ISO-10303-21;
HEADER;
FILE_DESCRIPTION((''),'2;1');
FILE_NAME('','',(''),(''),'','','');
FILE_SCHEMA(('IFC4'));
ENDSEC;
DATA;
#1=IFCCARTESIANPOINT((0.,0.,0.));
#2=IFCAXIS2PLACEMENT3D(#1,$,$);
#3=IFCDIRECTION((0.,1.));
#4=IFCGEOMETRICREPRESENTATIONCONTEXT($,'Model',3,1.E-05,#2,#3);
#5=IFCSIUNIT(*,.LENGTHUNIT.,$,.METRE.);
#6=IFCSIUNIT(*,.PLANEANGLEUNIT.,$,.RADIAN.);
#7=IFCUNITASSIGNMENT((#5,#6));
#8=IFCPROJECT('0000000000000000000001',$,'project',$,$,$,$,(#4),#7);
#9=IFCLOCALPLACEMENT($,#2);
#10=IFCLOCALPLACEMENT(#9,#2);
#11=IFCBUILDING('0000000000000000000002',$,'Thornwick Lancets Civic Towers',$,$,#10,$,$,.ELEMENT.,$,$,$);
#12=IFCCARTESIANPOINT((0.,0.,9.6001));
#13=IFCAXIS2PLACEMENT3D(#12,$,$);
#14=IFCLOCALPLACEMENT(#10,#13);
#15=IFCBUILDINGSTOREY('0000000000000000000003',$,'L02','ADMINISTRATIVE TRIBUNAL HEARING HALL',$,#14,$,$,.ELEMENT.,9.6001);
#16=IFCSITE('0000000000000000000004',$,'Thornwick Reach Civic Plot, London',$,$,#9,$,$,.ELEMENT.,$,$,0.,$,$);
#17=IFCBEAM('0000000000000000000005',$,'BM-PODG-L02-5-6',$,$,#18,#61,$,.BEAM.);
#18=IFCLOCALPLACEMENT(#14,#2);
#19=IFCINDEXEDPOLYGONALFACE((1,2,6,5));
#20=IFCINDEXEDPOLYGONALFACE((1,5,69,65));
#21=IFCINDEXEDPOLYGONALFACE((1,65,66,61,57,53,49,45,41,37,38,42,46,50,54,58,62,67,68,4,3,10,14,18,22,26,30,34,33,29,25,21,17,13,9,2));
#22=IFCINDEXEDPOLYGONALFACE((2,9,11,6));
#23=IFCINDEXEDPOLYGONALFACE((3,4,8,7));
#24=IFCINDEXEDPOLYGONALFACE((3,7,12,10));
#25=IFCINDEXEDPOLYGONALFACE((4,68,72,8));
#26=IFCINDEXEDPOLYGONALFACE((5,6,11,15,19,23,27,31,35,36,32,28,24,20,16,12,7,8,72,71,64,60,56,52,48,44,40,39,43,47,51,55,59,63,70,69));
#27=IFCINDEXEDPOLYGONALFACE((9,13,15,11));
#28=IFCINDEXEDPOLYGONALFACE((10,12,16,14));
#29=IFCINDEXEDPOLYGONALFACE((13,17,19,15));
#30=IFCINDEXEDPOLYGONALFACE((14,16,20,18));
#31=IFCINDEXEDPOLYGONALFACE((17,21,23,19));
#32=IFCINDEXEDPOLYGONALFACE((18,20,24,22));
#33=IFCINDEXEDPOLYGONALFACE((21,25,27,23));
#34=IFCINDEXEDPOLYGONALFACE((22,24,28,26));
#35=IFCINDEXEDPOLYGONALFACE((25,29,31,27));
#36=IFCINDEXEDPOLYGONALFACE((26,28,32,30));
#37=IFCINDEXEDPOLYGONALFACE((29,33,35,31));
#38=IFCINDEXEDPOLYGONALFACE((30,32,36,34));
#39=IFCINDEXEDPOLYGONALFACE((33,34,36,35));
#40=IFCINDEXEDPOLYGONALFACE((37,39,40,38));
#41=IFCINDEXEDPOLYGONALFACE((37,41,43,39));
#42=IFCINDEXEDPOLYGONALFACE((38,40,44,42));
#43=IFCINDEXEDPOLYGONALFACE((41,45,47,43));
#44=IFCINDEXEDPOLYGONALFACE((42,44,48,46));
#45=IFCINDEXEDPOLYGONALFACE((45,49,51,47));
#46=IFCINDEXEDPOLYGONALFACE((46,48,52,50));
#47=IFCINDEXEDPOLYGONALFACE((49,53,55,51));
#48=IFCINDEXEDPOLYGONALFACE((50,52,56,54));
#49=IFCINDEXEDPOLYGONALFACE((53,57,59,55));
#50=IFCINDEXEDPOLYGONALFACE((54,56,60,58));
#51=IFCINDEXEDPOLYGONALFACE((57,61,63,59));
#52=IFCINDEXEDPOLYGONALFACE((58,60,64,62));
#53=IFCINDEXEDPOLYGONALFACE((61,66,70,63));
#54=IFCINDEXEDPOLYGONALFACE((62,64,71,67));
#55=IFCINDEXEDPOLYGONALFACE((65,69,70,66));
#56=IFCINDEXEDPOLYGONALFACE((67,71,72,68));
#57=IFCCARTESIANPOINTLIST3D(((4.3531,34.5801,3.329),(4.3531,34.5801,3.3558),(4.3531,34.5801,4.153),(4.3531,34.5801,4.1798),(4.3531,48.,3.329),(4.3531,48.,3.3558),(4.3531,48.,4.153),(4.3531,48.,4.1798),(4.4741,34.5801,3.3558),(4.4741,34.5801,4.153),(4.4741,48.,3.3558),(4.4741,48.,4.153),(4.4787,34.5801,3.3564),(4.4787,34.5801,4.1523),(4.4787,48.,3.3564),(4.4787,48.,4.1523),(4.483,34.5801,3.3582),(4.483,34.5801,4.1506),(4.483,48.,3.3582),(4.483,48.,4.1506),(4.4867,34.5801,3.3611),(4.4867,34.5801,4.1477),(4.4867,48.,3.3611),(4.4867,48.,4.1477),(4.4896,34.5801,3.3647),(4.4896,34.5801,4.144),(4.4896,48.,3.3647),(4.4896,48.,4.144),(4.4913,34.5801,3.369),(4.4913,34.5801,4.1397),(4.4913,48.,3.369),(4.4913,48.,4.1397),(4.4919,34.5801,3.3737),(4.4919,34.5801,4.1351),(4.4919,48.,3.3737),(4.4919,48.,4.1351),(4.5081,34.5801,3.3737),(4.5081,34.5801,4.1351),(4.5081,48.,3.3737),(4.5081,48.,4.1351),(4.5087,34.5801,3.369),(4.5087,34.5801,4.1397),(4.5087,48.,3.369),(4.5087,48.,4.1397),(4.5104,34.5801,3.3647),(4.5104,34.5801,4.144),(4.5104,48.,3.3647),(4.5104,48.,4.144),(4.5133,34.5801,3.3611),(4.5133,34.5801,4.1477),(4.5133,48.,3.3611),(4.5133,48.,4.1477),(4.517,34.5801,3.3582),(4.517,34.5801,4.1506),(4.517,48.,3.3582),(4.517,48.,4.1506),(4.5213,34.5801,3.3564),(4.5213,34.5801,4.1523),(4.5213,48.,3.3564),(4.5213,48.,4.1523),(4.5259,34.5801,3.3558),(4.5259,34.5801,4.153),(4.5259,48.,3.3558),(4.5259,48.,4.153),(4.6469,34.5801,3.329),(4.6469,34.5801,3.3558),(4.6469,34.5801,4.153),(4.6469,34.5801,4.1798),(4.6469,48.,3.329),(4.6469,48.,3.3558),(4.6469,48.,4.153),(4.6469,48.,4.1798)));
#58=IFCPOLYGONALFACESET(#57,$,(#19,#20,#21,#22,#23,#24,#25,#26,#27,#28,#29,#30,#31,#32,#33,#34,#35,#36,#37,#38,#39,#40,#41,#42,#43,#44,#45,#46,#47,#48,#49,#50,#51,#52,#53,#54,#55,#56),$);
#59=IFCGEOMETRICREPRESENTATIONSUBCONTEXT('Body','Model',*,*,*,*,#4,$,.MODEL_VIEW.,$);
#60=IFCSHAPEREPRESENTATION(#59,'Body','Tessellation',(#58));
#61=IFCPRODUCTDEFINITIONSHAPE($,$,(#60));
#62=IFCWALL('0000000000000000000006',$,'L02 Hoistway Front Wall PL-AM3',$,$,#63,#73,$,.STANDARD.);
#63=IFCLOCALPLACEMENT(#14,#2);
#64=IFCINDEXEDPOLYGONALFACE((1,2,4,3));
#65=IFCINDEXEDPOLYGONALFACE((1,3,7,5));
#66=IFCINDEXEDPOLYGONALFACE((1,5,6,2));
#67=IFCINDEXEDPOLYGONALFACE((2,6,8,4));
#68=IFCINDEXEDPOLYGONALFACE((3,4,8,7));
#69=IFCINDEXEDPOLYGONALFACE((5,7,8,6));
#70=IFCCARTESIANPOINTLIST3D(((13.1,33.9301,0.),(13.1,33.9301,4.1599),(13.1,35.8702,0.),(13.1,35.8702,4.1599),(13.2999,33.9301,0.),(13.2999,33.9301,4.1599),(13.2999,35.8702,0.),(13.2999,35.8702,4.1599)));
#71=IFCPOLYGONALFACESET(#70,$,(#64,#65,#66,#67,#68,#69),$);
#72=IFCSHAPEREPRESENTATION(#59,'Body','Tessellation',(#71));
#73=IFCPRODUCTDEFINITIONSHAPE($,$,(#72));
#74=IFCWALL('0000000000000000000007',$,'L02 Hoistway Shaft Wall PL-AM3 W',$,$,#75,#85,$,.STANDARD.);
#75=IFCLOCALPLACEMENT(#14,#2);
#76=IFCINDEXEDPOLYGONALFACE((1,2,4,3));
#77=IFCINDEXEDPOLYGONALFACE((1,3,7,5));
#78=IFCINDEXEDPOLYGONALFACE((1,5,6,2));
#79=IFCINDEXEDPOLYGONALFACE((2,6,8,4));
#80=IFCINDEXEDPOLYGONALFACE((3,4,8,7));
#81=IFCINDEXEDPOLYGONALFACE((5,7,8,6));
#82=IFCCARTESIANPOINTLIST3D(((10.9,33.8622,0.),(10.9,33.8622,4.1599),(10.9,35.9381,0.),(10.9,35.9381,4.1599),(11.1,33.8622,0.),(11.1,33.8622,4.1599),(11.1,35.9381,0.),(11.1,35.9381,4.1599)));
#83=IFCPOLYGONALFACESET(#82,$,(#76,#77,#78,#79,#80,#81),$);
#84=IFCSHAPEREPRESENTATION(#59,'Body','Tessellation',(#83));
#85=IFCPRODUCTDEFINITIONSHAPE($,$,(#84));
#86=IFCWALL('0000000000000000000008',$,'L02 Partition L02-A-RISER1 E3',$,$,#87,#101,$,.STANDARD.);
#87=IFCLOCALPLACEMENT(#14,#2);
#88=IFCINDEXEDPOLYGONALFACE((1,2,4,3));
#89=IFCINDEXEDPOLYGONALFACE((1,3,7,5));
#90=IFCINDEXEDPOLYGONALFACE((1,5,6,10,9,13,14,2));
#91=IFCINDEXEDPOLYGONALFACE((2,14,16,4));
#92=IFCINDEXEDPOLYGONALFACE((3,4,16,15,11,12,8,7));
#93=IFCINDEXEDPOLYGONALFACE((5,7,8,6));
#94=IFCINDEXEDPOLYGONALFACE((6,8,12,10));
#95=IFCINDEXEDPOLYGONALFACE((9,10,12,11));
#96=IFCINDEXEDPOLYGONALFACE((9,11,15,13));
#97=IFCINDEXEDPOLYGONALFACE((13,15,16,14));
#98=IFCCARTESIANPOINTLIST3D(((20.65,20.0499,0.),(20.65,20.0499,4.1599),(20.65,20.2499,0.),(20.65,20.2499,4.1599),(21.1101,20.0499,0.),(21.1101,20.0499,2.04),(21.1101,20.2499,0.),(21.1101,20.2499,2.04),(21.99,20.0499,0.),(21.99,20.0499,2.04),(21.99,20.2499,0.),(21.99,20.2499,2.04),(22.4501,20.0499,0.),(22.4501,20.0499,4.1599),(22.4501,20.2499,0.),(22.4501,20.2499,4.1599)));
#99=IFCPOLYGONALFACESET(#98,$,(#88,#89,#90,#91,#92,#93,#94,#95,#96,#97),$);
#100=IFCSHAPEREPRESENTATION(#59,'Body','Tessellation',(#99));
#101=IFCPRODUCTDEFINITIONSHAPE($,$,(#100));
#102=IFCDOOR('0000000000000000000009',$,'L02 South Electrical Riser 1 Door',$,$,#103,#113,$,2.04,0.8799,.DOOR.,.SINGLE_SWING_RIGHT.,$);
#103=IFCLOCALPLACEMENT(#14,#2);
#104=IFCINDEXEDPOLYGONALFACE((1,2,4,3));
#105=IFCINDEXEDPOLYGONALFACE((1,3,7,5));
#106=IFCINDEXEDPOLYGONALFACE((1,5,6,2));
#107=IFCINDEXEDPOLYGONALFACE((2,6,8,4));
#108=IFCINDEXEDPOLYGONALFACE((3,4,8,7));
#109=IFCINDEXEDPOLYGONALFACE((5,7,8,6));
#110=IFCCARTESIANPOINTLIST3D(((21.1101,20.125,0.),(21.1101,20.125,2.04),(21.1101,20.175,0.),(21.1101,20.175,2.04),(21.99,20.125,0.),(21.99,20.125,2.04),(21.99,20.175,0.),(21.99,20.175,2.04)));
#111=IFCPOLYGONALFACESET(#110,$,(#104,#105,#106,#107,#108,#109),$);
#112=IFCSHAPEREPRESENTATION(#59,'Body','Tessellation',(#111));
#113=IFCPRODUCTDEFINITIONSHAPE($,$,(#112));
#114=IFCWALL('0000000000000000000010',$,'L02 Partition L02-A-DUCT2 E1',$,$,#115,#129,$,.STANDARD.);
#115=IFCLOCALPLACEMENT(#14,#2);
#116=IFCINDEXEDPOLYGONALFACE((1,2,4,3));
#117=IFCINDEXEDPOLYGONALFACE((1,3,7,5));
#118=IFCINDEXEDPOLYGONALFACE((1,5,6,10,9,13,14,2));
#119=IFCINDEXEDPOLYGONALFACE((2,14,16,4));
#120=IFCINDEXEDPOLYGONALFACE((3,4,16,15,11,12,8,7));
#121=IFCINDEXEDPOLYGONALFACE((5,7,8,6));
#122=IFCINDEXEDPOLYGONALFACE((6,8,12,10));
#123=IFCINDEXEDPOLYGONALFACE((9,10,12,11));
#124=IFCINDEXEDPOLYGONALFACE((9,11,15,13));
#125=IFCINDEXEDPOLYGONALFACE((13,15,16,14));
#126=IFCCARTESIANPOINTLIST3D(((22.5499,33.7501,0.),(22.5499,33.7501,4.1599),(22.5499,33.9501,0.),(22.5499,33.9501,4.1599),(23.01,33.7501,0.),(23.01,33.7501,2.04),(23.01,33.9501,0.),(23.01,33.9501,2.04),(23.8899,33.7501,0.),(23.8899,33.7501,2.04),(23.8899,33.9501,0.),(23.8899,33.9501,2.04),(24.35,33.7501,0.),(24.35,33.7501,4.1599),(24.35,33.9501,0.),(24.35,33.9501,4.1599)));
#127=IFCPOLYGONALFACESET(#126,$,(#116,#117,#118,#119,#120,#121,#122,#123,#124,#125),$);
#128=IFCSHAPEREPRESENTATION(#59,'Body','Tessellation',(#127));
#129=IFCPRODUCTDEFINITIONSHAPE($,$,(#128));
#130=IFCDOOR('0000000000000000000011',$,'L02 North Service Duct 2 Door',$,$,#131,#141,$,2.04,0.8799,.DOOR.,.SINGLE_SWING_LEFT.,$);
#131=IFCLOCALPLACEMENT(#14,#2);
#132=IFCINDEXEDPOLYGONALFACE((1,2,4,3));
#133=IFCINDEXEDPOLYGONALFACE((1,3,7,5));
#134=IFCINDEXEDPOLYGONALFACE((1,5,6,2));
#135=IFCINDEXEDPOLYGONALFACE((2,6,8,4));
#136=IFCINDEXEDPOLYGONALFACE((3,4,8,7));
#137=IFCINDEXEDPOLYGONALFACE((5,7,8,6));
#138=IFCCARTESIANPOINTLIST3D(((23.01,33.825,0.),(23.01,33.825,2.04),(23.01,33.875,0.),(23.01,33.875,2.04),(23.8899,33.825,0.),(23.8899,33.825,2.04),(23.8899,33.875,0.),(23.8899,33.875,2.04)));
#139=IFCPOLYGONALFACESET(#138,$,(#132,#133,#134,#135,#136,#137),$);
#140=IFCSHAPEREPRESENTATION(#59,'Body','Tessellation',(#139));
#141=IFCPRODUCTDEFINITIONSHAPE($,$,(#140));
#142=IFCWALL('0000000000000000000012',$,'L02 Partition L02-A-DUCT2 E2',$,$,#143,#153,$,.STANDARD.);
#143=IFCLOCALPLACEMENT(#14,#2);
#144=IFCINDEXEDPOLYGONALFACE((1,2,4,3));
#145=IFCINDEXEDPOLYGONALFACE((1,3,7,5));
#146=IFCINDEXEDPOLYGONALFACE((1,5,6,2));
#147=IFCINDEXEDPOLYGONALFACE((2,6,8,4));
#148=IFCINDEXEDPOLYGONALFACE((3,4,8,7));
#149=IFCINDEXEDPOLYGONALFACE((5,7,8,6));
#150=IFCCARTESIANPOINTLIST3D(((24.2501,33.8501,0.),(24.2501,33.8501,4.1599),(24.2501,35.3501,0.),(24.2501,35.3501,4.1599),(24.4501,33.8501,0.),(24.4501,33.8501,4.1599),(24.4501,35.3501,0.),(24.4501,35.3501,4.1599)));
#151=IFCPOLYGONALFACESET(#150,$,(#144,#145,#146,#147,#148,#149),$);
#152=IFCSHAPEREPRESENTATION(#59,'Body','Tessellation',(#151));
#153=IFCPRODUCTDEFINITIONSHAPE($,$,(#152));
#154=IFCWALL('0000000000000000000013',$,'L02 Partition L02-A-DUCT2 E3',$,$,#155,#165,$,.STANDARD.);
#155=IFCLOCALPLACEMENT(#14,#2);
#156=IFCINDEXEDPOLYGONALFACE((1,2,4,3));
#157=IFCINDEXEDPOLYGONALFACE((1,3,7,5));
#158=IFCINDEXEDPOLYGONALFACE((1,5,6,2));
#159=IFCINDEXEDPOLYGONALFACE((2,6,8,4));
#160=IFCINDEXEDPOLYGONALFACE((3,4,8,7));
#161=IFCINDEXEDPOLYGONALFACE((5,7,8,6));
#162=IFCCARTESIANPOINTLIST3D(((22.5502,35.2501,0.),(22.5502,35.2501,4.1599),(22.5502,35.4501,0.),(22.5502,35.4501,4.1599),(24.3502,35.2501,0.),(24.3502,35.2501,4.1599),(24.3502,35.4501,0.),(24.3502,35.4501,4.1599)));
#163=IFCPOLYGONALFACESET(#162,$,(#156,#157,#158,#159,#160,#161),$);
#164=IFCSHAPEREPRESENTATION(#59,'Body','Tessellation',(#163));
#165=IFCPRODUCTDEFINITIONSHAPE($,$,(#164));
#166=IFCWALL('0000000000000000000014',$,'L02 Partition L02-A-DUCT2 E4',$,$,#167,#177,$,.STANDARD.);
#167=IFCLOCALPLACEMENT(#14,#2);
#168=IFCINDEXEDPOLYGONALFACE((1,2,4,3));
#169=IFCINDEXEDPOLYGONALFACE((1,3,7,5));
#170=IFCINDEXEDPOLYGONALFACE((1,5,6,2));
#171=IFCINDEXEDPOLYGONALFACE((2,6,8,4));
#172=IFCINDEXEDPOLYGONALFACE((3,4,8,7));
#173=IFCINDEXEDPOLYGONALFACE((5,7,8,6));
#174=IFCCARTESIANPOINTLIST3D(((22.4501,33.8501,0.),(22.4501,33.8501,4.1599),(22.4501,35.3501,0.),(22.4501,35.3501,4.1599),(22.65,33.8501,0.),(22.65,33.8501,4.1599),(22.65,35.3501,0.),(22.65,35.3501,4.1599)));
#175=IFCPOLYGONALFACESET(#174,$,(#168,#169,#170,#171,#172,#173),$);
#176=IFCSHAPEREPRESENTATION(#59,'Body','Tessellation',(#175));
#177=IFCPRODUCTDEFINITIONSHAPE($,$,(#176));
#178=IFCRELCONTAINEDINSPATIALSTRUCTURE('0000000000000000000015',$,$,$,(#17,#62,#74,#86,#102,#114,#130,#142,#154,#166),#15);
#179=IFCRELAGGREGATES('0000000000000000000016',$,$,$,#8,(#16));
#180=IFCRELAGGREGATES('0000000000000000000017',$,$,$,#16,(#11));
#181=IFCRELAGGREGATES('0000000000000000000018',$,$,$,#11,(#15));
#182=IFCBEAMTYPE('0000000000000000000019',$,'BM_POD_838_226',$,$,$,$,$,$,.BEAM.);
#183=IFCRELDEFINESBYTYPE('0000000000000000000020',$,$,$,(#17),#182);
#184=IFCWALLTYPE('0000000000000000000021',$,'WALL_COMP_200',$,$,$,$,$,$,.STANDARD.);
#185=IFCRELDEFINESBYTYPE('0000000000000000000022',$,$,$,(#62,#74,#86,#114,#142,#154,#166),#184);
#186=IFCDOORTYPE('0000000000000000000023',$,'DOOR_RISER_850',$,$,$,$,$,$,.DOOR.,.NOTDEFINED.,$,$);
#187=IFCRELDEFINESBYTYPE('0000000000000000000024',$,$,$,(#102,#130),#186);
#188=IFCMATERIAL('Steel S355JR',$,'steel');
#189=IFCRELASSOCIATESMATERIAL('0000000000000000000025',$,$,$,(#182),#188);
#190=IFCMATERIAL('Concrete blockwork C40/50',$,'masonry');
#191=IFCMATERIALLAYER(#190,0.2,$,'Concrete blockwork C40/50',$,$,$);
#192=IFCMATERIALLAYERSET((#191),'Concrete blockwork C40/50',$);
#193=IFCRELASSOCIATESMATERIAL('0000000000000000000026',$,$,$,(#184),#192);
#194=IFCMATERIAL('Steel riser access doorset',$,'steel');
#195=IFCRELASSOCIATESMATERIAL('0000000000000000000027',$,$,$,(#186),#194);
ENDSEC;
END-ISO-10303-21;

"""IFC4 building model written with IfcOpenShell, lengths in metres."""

from ifc_helpers import new_model, si_unit, direction, frame, frame_2d, origin, origin_2d, place, context, subcontext, project, spatial, rectangle, i_section, extrude, material, layer, layer_set, material_profile, profile_set, type_object, element, fill, save


model = new_model("IFC4")

# Units and contexts
model_context = context("Model", 3, precision=1e-05, world=origin(), true_north=direction((0.0, 1.0)))
body_context = subcontext(model_context, "Body", "Model", "MODEL_VIEW")
ifc_project = project(units=[si_unit("LENGTHUNIT", "METRE"), si_unit("PLANEANGLEUNIT", "RADIAN")], contexts=[model_context])

# Site, building, storey
site_placement = place(None, origin())
site = spatial("IfcSite", under=ifc_project, at=site_placement, Name="Thornwick Reach Civic Plot, London", CompositionType="ELEMENT", RefElevation=0.0)
building_placement = place(site_placement, origin())
building = spatial("IfcBuilding", under=site, at=building_placement, Name="Thornwick Lancets Civic Towers", CompositionType="ELEMENT")
storey_placement = place(building_placement, frame((0.0, 0.0, 9.6001)))
storey = spatial("IfcBuildingStorey", under=building, at=storey_placement, Name="L02", Description="ADMINISTRATIVE TRIBUNAL HEARING HALL", CompositionType="ELEMENT", Elevation=9.6001)

# Beam
ifc_material_1 = material(Name="Steel S355JR", Category="steel")
ifc_material_profile_1 = material_profile(ifc_material_1, i_section(OverallWidth=0.2937, OverallDepth=0.8508, WebThickness=0.0161, FlangeThickness=0.0269, FilletRadius=0.0178, at=origin_2d()), Name="UKB 838x292x226")
ifc_profile_set_1 = profile_set([ifc_material_profile_1], Name="Steel S355JR")
beam_type_1 = type_object("IfcBeamType", Name="BM_POD_838_226", PredefinedType="BEAM", material=ifc_profile_set_1)
beam_1_placement = place(storey_placement, frame((4.5, 34.5801, 3.7544), z_axis=(0.0, 1.0, 0.0), x_axis=(-1.0, 0.0, 0.0)))
element("IfcBeam", 1, at=beam_1_placement, inside=storey, type_object=beam_type_1, Name="BM-PODG-L02-5-6", PredefinedType="BEAM", context=body_context, shape_type="SweptSolid", body=[
    extrude(i_section(OverallWidth=0.2937, OverallDepth=0.8508, WebThickness=0.0161, FlangeThickness=0.0269, FilletRadius=0.0178, at=origin_2d()), origin(), (0.0, 0.0, 1.0), 13.4199),
])

# Walls
ifc_material_2 = material(Name="Concrete blockwork C40/50", Category="masonry")
ifc_layer_1 = layer(ifc_material_2, 0.2, Name="Concrete blockwork C40/50")
ifc_layer_set_1 = layer_set([ifc_layer_1], Name="Concrete blockwork C40/50")
wall_type_1 = type_object("IfcWallType", Name="WALL_COMP_200", PredefinedType="STANDARD", material=ifc_layer_set_1)
wall_1_placement = place(storey_placement, frame((13.2, 33.9299, 0.0), z_axis=(0.0, 0.0, 1.0), x_axis=(0.0, 1.0, 0.0)))
element("IfcWall", 2, at=wall_1_placement, inside=storey, type_object=wall_type_1, Name="L02 Hoistway Front Wall PL-AM3", PredefinedType="STANDARD", context=body_context, shape_type="SweptSolid", body=[
    extrude(rectangle(XDim=1.9402, YDim=0.2, at=frame_2d((0.9702, 0.0))), origin(), (0.0, 0.0, 1.0), 4.1599),
])
wall_2_placement = place(storey_placement, frame((11.0, 33.8621, 0.0), z_axis=(0.0, 0.0, 1.0), x_axis=(0.0, 1.0, 0.0)))
element("IfcWall", 3, at=wall_2_placement, inside=storey, type_object=wall_type_1, Name="L02 Hoistway Shaft Wall PL-AM3 W", PredefinedType="STANDARD", context=body_context, shape_type="SweptSolid", body=[
    extrude(rectangle(XDim=2.0759, YDim=0.2, at=frame_2d((1.0381, 0.0))), origin(), (0.0, 0.0, 1.0), 4.1599),
])

# Walls, openings, doors
wall_3_placement = place(storey_placement, frame((22.45, 20.1499, 0.0), z_axis=(0.0, 0.0, 1.0), x_axis=(-1.0, 0.0, 0.0)))
wall_3 = element("IfcWall", 4, at=wall_3_placement, inside=storey, type_object=wall_type_1, Name="L02 Partition L02-A-RISER1 E3", PredefinedType="STANDARD", context=body_context, shape_type="SweptSolid", body=[
    extrude(rectangle(XDim=1.8, YDim=0.2, at=frame_2d((0.8999, 0.0))), origin(), (0.0, 0.0, 1.0), 4.1599),
])
opening_1_placement = place(wall_3_placement, frame((0.46, 0.0, 0.0)))
opening_1 = element("IfcOpeningElement", 5, at=opening_1_placement, cuts=wall_3, PredefinedType="OPENING", context=body_context, shape_type="SweptSolid", body=[
    extrude(rectangle(XDim=0.8799, YDim=2.04, at=frame_2d((0.4399, 1.02))), frame((0.0, 0.1099, 0.0), z_axis=(0.0, -1.0, 0.0), x_axis=(1.0, 0.0, 0.0)), (0.0, 0.0, 1.0), 0.22),
])
ifc_material_3 = material(Name="Steel riser access doorset", Category="steel")
door_type_1 = type_object("IfcDoorType", Name="DOOR_RISER_850", OperationType="NOTDEFINED", PredefinedType="DOOR", material=ifc_material_3)
door_1_placement = place(opening_1_placement, origin())
door_1 = element("IfcDoor", 6, at=door_1_placement, inside=storey, type_object=door_type_1, Name="L02 South Electrical Riser 1 Door", OperationType="SINGLE_SWING_RIGHT", OverallHeight=2.04, OverallWidth=0.8799, PredefinedType="DOOR", context=body_context, shape_type="SweptSolid", body=[
    extrude(rectangle(XDim=0.8799, YDim=2.04, at=frame_2d((0.4399, 1.02))), frame((0.0, 0.0249, 0.0), z_axis=(0.0, -1.0, 0.0), x_axis=(1.0, 0.0, 0.0)), (0.0, 0.0, 1.0), 0.05),
])
fill(opening_1, door_1)
wall_4_placement = place(storey_placement, frame((22.55, 33.8501, 0.0), z_axis=(0.0, 0.0, 1.0), x_axis=(1.0, 0.0, 0.0)))
wall_4 = element("IfcWall", 7, at=wall_4_placement, inside=storey, type_object=wall_type_1, Name="L02 Partition L02-A-DUCT2 E1", PredefinedType="STANDARD", context=body_context, shape_type="SweptSolid", body=[
    extrude(rectangle(XDim=1.8, YDim=0.2, at=frame_2d((0.8999, 0.0))), origin(), (0.0, 0.0, 1.0), 4.1599),
])
opening_2_placement = place(wall_4_placement, frame((0.46, 0.0, 0.0)))
opening_2 = element("IfcOpeningElement", 8, at=opening_2_placement, cuts=wall_4, PredefinedType="OPENING", context=body_context, shape_type="SweptSolid", body=[
    extrude(rectangle(XDim=0.8799, YDim=2.04, at=frame_2d((0.4399, 1.02))), frame((0.0, 0.1099, 0.0), z_axis=(0.0, -1.0, 0.0), x_axis=(1.0, 0.0, 0.0)), (0.0, 0.0, 1.0), 0.22),
])
door_2_placement = place(opening_2_placement, origin())
door_2 = element("IfcDoor", 9, at=door_2_placement, inside=storey, type_object=door_type_1, Name="L02 North Service Duct 2 Door", OperationType="SINGLE_SWING_LEFT", OverallHeight=2.04, OverallWidth=0.8799, PredefinedType="DOOR", context=body_context, shape_type="SweptSolid", body=[
    extrude(rectangle(XDim=0.8799, YDim=2.04, at=frame_2d((0.4399, 1.02))), frame((0.0, 0.0249, 0.0), z_axis=(0.0, -1.0, 0.0), x_axis=(1.0, 0.0, 0.0)), (0.0, 0.0, 1.0), 0.05),
])
fill(opening_2, door_2)

# Walls
wall_5_placement = place(storey_placement, frame((24.3501, 33.8501, 0.0), z_axis=(0.0, 0.0, 1.0), x_axis=(0.0, 1.0, 0.0)))
element("IfcWall", 10, at=wall_5_placement, inside=storey, type_object=wall_type_1, Name="L02 Partition L02-A-DUCT2 E2", PredefinedType="STANDARD", context=body_context, shape_type="SweptSolid", body=[
    extrude(rectangle(XDim=1.5, YDim=0.2, at=frame_2d((0.75, 0.0))), origin(), (0.0, 0.0, 1.0), 4.1599),
])
wall_6_placement = place(storey_placement, frame((24.3501, 35.3501, 0.0), z_axis=(0.0, 0.0, 1.0), x_axis=(-1.0, 0.0, 0.0)))
element("IfcWall", 11, at=wall_6_placement, inside=storey, type_object=wall_type_1, Name="L02 Partition L02-A-DUCT2 E3", PredefinedType="STANDARD", context=body_context, shape_type="SweptSolid", body=[
    extrude(rectangle(XDim=1.8, YDim=0.2, at=frame_2d((0.8999, 0.0))), origin(), (0.0, 0.0, 1.0), 4.1599),
])
wall_7_placement = place(storey_placement, frame((22.55, 35.3501, 0.0), z_axis=(0.0, 0.0, 1.0), x_axis=(0.0, -1.0, 0.0)))
element("IfcWall", 12, at=wall_7_placement, inside=storey, type_object=wall_type_1, Name="L02 Partition L02-A-DUCT2 E4", PredefinedType="STANDARD", context=body_context, shape_type="SweptSolid", body=[
    extrude(rectangle(XDim=1.5, YDim=0.2, at=frame_2d((0.75, 0.0))), origin(), (0.0, 0.0, 1.0), 4.1599),
])

save(model, "model.ifc")
